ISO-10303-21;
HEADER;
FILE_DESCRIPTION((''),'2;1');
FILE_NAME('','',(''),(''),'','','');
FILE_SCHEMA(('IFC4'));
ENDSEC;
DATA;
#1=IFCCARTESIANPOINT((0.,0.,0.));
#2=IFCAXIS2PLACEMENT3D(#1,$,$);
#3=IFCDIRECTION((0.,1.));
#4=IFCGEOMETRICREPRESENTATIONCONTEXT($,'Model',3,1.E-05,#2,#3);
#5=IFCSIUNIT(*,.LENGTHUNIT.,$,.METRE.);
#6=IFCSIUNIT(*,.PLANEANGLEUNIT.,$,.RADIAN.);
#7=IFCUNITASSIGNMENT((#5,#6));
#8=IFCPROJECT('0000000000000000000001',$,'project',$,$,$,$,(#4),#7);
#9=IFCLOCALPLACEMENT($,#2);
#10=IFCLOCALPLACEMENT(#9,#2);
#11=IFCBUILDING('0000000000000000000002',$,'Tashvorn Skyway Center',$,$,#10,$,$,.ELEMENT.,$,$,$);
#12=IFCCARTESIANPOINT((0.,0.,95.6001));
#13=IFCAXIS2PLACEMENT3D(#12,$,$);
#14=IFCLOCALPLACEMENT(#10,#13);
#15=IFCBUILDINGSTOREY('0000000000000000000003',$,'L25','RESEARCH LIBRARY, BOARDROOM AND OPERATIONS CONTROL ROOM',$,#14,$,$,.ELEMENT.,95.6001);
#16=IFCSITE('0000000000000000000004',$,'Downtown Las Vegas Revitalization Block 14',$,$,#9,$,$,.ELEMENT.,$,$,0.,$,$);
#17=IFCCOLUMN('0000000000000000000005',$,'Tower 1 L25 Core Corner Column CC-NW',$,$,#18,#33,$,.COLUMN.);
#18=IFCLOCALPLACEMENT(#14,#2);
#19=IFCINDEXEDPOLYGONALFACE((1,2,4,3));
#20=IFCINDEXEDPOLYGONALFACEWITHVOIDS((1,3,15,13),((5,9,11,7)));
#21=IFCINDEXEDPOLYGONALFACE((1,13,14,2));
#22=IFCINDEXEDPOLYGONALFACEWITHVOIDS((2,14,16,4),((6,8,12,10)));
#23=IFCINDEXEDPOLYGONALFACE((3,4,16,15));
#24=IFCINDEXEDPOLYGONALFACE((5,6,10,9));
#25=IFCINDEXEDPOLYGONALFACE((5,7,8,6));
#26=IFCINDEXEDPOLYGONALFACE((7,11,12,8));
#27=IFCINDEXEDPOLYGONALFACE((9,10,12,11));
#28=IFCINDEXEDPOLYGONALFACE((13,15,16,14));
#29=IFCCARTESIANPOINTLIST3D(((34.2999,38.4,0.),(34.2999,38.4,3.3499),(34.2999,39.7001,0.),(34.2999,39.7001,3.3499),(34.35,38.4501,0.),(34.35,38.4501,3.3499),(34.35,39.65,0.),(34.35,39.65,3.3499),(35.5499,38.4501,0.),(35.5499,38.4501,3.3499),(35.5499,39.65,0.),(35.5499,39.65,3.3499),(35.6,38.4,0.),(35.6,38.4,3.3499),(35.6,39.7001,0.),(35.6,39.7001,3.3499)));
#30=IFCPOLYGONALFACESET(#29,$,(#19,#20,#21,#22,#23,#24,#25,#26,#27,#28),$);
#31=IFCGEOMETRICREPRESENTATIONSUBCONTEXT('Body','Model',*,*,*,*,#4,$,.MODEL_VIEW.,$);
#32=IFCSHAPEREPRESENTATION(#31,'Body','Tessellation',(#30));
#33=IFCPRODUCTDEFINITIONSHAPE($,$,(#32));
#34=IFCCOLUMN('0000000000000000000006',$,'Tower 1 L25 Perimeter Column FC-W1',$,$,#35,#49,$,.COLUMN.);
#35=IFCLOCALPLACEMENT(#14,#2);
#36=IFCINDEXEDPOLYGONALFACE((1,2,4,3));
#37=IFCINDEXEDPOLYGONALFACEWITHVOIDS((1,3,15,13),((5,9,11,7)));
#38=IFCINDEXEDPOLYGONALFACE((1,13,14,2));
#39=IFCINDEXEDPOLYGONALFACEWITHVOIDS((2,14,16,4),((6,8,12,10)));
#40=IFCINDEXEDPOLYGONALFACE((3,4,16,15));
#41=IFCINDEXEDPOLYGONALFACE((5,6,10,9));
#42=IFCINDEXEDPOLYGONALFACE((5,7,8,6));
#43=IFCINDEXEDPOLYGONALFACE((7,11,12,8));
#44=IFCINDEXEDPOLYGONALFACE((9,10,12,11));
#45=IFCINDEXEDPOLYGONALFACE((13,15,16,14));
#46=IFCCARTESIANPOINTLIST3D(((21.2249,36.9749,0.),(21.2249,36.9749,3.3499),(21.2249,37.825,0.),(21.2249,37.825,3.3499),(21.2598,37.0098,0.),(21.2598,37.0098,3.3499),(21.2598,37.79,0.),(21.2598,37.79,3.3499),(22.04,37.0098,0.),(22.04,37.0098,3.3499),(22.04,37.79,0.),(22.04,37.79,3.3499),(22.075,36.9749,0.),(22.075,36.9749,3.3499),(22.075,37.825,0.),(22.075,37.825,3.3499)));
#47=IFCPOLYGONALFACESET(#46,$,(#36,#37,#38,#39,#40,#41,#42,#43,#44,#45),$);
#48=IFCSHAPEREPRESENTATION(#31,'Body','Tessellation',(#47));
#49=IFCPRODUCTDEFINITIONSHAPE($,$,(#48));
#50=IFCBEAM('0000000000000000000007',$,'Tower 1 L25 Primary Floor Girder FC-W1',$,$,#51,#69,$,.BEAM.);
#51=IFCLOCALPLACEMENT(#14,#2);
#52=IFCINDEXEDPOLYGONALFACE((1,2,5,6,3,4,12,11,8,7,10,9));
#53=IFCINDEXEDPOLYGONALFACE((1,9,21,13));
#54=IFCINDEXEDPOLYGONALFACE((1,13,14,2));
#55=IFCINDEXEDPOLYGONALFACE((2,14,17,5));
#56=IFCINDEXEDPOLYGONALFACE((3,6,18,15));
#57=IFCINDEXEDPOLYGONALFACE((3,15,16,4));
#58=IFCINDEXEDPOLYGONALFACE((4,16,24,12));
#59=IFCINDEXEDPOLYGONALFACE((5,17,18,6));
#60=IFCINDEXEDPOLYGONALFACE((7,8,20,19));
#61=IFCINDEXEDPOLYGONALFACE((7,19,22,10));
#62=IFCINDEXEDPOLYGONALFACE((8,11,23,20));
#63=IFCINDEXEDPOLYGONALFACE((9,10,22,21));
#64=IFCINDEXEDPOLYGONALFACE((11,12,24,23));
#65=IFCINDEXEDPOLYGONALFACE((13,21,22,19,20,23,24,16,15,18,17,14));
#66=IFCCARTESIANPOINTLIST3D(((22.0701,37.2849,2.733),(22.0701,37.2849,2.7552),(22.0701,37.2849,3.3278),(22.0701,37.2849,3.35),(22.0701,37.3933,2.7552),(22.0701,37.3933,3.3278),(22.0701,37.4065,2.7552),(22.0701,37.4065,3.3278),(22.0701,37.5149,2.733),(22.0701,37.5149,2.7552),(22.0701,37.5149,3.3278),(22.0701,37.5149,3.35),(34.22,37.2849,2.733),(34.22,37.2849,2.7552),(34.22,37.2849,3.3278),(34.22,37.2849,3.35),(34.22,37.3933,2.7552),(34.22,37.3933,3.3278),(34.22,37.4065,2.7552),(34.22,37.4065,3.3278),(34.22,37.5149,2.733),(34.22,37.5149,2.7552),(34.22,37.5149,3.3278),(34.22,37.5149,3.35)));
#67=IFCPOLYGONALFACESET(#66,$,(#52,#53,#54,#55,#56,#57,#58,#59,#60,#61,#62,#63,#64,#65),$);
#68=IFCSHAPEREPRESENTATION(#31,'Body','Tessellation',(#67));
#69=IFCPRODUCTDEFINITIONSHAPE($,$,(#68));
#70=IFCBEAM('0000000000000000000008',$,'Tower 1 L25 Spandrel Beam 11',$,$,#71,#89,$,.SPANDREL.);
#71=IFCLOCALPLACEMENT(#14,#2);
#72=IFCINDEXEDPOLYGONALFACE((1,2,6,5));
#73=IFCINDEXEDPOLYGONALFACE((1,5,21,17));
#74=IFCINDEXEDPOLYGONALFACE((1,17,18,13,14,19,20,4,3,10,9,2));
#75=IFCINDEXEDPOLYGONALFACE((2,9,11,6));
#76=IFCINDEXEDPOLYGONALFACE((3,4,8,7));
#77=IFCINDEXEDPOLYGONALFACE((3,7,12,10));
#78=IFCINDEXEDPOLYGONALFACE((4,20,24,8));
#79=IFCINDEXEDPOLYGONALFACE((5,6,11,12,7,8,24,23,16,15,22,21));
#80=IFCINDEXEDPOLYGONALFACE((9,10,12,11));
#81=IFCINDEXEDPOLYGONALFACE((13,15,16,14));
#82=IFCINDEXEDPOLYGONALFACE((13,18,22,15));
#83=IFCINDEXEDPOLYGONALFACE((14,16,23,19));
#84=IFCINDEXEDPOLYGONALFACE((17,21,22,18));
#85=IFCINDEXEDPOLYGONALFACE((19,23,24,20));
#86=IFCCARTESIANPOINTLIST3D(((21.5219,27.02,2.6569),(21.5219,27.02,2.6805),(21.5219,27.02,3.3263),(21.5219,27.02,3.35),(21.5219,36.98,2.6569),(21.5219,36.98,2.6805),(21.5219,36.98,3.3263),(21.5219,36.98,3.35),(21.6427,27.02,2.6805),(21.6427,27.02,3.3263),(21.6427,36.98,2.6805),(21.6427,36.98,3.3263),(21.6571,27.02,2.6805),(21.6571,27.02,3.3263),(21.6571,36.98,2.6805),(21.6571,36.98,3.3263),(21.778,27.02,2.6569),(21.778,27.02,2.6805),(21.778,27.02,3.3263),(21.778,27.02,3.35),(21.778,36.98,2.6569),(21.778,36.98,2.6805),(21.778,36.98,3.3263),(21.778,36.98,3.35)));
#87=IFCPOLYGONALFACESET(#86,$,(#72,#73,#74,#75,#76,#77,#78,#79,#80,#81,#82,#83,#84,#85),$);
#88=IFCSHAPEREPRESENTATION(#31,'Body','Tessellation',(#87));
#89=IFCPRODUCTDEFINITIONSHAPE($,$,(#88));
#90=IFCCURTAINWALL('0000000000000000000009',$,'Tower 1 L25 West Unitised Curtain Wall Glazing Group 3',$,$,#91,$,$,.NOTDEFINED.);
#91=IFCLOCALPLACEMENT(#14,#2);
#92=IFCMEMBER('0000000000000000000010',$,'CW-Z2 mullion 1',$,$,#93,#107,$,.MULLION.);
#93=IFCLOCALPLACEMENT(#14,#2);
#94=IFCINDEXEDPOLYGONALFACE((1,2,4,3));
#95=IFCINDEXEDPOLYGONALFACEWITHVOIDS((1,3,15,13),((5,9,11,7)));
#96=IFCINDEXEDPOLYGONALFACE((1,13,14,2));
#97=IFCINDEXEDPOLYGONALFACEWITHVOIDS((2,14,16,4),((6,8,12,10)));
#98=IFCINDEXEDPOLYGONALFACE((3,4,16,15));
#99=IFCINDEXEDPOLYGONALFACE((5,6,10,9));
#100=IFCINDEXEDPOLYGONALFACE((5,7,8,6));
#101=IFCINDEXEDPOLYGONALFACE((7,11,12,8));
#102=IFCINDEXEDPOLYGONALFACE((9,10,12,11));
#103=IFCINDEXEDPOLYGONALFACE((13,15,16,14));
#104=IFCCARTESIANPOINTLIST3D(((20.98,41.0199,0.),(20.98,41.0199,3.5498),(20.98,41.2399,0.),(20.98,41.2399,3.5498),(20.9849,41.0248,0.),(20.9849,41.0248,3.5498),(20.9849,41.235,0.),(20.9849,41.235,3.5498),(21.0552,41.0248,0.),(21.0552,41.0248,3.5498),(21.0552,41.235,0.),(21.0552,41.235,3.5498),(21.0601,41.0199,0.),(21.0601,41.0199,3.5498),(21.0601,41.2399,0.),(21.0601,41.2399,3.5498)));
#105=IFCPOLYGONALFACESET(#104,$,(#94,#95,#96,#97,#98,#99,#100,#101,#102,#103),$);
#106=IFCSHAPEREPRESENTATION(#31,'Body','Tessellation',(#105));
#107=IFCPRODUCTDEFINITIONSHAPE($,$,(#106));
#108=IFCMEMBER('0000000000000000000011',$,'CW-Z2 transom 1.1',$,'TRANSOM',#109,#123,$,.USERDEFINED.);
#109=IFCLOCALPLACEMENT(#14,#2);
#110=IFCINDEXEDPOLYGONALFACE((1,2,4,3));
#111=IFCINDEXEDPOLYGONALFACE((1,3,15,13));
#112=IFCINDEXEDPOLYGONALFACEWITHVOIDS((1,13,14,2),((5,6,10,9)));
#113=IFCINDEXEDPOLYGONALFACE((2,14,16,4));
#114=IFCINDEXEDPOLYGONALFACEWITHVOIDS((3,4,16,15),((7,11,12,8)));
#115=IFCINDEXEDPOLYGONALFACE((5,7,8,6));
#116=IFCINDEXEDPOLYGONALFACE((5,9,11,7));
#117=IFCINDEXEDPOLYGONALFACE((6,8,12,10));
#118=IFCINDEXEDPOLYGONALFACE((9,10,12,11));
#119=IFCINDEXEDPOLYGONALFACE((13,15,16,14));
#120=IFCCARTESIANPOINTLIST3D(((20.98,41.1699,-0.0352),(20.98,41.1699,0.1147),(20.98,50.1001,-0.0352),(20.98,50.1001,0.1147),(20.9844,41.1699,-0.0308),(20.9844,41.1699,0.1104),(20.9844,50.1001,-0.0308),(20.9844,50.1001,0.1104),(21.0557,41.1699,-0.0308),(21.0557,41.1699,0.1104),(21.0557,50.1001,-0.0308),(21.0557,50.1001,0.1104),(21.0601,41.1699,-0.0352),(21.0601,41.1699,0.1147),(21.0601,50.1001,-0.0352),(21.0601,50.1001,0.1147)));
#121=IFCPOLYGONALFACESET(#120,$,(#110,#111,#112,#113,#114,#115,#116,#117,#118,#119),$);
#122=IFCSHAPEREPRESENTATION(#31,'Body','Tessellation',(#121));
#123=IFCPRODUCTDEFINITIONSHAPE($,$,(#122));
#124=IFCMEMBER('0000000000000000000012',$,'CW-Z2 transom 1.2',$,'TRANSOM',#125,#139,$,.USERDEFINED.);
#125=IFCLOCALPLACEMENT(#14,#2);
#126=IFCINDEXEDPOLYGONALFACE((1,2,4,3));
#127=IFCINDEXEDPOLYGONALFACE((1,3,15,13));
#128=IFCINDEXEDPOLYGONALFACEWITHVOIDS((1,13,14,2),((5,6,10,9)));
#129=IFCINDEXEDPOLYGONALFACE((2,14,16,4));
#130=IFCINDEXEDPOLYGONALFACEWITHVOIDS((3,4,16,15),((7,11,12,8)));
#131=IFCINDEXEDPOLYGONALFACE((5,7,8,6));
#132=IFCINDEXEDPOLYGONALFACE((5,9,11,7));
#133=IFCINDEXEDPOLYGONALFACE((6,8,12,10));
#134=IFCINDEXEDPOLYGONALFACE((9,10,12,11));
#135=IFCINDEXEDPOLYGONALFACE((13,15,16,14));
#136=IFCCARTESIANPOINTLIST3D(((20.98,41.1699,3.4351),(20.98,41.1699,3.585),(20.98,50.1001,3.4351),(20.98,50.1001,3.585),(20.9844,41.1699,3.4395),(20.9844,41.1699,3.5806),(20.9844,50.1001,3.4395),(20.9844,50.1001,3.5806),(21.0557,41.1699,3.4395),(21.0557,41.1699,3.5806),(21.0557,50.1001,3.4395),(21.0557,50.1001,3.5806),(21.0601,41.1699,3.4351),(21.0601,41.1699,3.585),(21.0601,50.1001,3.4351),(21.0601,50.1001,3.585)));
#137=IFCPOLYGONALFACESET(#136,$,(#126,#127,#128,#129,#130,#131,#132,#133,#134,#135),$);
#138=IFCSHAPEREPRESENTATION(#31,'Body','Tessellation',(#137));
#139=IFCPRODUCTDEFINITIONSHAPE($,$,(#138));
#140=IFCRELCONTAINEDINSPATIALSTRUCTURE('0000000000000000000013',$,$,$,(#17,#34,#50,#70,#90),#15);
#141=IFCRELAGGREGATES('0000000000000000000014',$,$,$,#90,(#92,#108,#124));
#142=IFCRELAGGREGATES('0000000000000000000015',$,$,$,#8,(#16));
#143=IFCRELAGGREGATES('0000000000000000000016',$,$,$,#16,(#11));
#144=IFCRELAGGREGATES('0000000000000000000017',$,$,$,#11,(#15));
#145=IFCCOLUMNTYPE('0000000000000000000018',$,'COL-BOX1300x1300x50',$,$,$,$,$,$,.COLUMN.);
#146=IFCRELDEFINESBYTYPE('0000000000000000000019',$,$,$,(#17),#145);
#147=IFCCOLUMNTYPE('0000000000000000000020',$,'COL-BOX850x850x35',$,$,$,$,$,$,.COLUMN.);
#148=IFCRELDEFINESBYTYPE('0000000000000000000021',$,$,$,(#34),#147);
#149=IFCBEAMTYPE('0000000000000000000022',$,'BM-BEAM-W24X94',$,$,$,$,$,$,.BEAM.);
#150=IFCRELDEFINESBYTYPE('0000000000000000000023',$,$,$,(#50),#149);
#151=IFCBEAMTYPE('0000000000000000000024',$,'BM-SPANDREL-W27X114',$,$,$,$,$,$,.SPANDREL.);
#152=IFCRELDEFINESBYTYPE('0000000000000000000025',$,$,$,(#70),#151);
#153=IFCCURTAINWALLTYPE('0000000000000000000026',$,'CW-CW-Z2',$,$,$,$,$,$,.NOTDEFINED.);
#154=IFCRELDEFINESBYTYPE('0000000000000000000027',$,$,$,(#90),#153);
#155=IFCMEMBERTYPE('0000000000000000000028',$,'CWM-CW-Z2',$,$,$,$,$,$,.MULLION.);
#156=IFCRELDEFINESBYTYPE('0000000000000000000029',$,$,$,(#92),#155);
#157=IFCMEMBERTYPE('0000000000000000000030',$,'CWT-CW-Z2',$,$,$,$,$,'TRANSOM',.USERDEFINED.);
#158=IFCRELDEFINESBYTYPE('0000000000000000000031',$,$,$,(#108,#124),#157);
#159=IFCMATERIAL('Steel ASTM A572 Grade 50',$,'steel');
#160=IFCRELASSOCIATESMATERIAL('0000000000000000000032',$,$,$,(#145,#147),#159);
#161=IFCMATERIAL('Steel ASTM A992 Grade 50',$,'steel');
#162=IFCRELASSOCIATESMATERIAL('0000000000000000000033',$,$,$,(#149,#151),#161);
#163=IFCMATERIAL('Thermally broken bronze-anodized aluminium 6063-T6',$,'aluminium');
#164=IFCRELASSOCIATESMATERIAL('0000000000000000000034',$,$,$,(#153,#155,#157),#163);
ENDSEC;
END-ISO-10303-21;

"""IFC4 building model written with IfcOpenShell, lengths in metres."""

from ifc_helpers import new_model, si_unit, direction, frame, origin, origin_2d, place, context, subcontext, project, spatial, hollow_rectangle, i_section, extrude, material, material_profile, profile_set, type_object, element, aggregate, save


model = new_model("IFC4")

# Units and contexts
model_context = context("Model", 3, precision=1e-05, world=origin(), true_north=direction((0.0, 1.0)))
body_context = subcontext(model_context, "Body", "Model", "MODEL_VIEW")
ifc_project = project(units=[si_unit("LENGTHUNIT", "METRE"), si_unit("PLANEANGLEUNIT", "RADIAN")], contexts=[model_context])

# Site, building, storey
site_placement = place(None, origin())
site = spatial("IfcSite", under=ifc_project, at=site_placement, Name="Downtown Las Vegas Revitalization Block 14", CompositionType="ELEMENT", RefElevation=0.0)
building_placement = place(site_placement, origin())
building = spatial("IfcBuilding", under=site, at=building_placement, Name="Tashvorn Skyway Center", CompositionType="ELEMENT")
storey_placement = place(building_placement, frame((0.0, 0.0, 95.6001)))
storey = spatial("IfcBuildingStorey", under=building, at=storey_placement, Name="L25", Description="RESEARCH LIBRARY, BOARDROOM AND OPERATIONS CONTROL ROOM", CompositionType="ELEMENT", Elevation=95.6001)

# Columns
ifc_material_1 = material(Name="Steel ASTM A572 Grade 50", Category="steel")
ifc_material_profile_1 = material_profile(ifc_material_1, hollow_rectangle(XDim=1.3, YDim=1.3, WallThickness=0.05, at=origin_2d()), Name="BOX1300x1300x50")
ifc_profile_set_1 = profile_set([ifc_material_profile_1], Name="Steel ASTM A572 Grade 50")
column_type_1 = type_object("IfcColumnType", Name="COL-BOX1300x1300x50", PredefinedType="COLUMN", material=ifc_profile_set_1)
column_1_placement = place(storey_placement, frame((34.95, 39.05, 0.0), z_axis=(0.0, 0.0, 1.0), x_axis=(1.0, 0.0, 0.0)))
element("IfcColumn", 1, at=column_1_placement, inside=storey, type_object=column_type_1, Name="Tower 1 L25 Core Corner Column CC-NW", PredefinedType="COLUMN", context=body_context, shape_type="SweptSolid", body=[
    extrude(hollow_rectangle(XDim=1.3, YDim=1.3, WallThickness=0.05, at=origin_2d()), origin(), (0.0, 0.0, 1.0), 3.3499),
])
ifc_material_profile_2 = material_profile(ifc_material_1, hollow_rectangle(XDim=0.8501, YDim=0.8501, WallThickness=0.0349, at=origin_2d()), Name="BOX850x850x35")
ifc_profile_set_2 = profile_set([ifc_material_profile_2], Name="Steel ASTM A572 Grade 50")
column_type_2 = type_object("IfcColumnType", Name="COL-BOX850x850x35", PredefinedType="COLUMN", material=ifc_profile_set_2)
column_2_placement = place(storey_placement, frame((21.6499, 37.3999, 0.0), z_axis=(0.0, 0.0, 1.0), x_axis=(1.0, 0.0, 0.0)))
element("IfcColumn", 2, at=column_2_placement, inside=storey, type_object=column_type_2, Name="Tower 1 L25 Perimeter Column FC-W1", PredefinedType="COLUMN", context=body_context, shape_type="SweptSolid", body=[
    extrude(hollow_rectangle(XDim=0.8501, YDim=0.8501, WallThickness=0.0349, at=origin_2d()), origin(), (0.0, 0.0, 1.0), 3.3499),
])

# Beams
ifc_material_2 = material(Name="Steel ASTM A992 Grade 50", Category="steel")
ifc_material_profile_3 = material_profile(ifc_material_2, i_section(OverallWidth=0.23, OverallDepth=0.6169, WebThickness=0.0132, FlangeThickness=0.0222, at=origin_2d()), Name="W24X94")
ifc_profile_set_3 = profile_set([ifc_material_profile_3], Name="Steel ASTM A992 Grade 50")
beam_type_1 = type_object("IfcBeamType", Name="BM-BEAM-W24X94", PredefinedType="BEAM", material=ifc_profile_set_3)
beam_1_placement = place(storey_placement, frame((22.0701, 37.3999, 3.0415), z_axis=(1.0, 0.0, 0.0), x_axis=(0.0, 1.0, 0.0)))
element("IfcBeam", 3, at=beam_1_placement, inside=storey, type_object=beam_type_1, Name="Tower 1 L25 Primary Floor Girder FC-W1", PredefinedType="BEAM", context=body_context, shape_type="SweptSolid", body=[
    extrude(i_section(OverallWidth=0.23, OverallDepth=0.6169, WebThickness=0.0132, FlangeThickness=0.0222, at=origin_2d()), origin(), (0.0, 0.0, 1.0), 12.1499),
])
ifc_material_profile_4 = material_profile(ifc_material_2, i_section(OverallWidth=0.2561, OverallDepth=0.6931, WebThickness=0.0144, FlangeThickness=0.0237, at=origin_2d()), Name="W27X114")
ifc_profile_set_4 = profile_set([ifc_material_profile_4], Name="Steel ASTM A992 Grade 50")
beam_type_2 = type_object("IfcBeamType", Name="BM-SPANDREL-W27X114", PredefinedType="SPANDREL", material=ifc_profile_set_4)
beam_2_placement = place(storey_placement, frame((21.6499, 36.98, 3.0034), z_axis=(0.0, -1.0, 0.0), x_axis=(1.0, 0.0, 0.0)))
element("IfcBeam", 4, at=beam_2_placement, inside=storey, type_object=beam_type_2, Name="Tower 1 L25 Spandrel Beam 11", PredefinedType="SPANDREL", context=body_context, shape_type="SweptSolid", body=[
    extrude(i_section(OverallWidth=0.2561, OverallDepth=0.6931, WebThickness=0.0144, FlangeThickness=0.0237, at=origin_2d()), origin(), (0.0, 0.0, 1.0), 9.96),
])

# Curtain wall, members
ifc_material_3 = material(Name="Thermally broken bronze-anodized aluminium 6063-T6", Category="aluminium")
curtain_wall_type = type_object("IfcCurtainWallType", Name="CW-CW-Z2", PredefinedType="NOTDEFINED", material=ifc_material_3)
curtain_wall_placement = place(storey_placement, origin())
curtain_wall = element("IfcCurtainWall", 5, at=curtain_wall_placement, inside=storey, type_object=curtain_wall_type, Name="Tower 1 L25 West Unitised Curtain Wall Glazing Group 3", PredefinedType="NOTDEFINED")
ifc_material_profile_5 = material_profile(ifc_material_3, hollow_rectangle(XDim=0.0801, YDim=0.22, WallThickness=0.0049, at=origin_2d()), Name="ALU-MULL-80x220")
ifc_profile_set_5 = profile_set([ifc_material_profile_5], Name="Thermally broken bronze-anodized aluminium 6063-T6")
member_type_1 = type_object("IfcMemberType", Name="CWM-CW-Z2", PredefinedType="MULLION", material=ifc_profile_set_5)
member_1_placement = place(storey_placement, frame((21.02, 41.1299, 0.0), z_axis=(0.0, 0.0, 1.0), x_axis=(-1.0, 0.0, 0.0)))
member_1 = element("IfcMember", 6, at=member_1_placement, type_object=member_type_1, Name="CW-Z2 mullion 1", PredefinedType="MULLION", context=body_context, shape_type="SweptSolid", body=[
    extrude(hollow_rectangle(XDim=0.0801, YDim=0.22, WallThickness=0.0049, at=origin_2d()), origin(), (0.0, 0.0, 1.0), 3.5498),
])
ifc_material_profile_6 = material_profile(ifc_material_3, hollow_rectangle(XDim=0.0801, YDim=0.1499, WallThickness=0.0044, at=origin_2d()), Name="ALU-TRAN-80x150")
ifc_profile_set_6 = profile_set([ifc_material_profile_6], Name="Thermally broken bronze-anodized aluminium 6063-T6")
member_type_2 = type_object("IfcMemberType", Name="CWT-CW-Z2", ElementType="TRANSOM", PredefinedType="USERDEFINED", material=ifc_profile_set_6)
member_2_placement = place(storey_placement, frame((21.02, 41.1699, 0.0398), z_axis=(0.0, 1.0, 0.0), x_axis=(-1.0, 0.0, 0.0)))
member_2 = element("IfcMember", 7, at=member_2_placement, type_object=member_type_2, Name="CW-Z2 transom 1.1", ObjectType="TRANSOM", PredefinedType="USERDEFINED", context=body_context, shape_type="SweptSolid", body=[
    extrude(hollow_rectangle(XDim=0.0801, YDim=0.1499, WallThickness=0.0044, at=origin_2d()), origin(), (0.0, 0.0, 1.0), 8.9302),
])
member_3_placement = place(storey_placement, frame((21.02, 41.1699, 3.51), z_axis=(0.0, 1.0, 0.0), x_axis=(-1.0, 0.0, 0.0)))
member_3 = element("IfcMember", 8, at=member_3_placement, type_object=member_type_2, Name="CW-Z2 transom 1.2", ObjectType="TRANSOM", PredefinedType="USERDEFINED", context=body_context, shape_type="SweptSolid", body=[
    extrude(hollow_rectangle(XDim=0.0801, YDim=0.1499, WallThickness=0.0044, at=origin_2d()), origin(), (0.0, 0.0, 1.0), 8.9302),
])
aggregate(curtain_wall, [member_1, member_2, member_3])

save(model, "model.ifc")
